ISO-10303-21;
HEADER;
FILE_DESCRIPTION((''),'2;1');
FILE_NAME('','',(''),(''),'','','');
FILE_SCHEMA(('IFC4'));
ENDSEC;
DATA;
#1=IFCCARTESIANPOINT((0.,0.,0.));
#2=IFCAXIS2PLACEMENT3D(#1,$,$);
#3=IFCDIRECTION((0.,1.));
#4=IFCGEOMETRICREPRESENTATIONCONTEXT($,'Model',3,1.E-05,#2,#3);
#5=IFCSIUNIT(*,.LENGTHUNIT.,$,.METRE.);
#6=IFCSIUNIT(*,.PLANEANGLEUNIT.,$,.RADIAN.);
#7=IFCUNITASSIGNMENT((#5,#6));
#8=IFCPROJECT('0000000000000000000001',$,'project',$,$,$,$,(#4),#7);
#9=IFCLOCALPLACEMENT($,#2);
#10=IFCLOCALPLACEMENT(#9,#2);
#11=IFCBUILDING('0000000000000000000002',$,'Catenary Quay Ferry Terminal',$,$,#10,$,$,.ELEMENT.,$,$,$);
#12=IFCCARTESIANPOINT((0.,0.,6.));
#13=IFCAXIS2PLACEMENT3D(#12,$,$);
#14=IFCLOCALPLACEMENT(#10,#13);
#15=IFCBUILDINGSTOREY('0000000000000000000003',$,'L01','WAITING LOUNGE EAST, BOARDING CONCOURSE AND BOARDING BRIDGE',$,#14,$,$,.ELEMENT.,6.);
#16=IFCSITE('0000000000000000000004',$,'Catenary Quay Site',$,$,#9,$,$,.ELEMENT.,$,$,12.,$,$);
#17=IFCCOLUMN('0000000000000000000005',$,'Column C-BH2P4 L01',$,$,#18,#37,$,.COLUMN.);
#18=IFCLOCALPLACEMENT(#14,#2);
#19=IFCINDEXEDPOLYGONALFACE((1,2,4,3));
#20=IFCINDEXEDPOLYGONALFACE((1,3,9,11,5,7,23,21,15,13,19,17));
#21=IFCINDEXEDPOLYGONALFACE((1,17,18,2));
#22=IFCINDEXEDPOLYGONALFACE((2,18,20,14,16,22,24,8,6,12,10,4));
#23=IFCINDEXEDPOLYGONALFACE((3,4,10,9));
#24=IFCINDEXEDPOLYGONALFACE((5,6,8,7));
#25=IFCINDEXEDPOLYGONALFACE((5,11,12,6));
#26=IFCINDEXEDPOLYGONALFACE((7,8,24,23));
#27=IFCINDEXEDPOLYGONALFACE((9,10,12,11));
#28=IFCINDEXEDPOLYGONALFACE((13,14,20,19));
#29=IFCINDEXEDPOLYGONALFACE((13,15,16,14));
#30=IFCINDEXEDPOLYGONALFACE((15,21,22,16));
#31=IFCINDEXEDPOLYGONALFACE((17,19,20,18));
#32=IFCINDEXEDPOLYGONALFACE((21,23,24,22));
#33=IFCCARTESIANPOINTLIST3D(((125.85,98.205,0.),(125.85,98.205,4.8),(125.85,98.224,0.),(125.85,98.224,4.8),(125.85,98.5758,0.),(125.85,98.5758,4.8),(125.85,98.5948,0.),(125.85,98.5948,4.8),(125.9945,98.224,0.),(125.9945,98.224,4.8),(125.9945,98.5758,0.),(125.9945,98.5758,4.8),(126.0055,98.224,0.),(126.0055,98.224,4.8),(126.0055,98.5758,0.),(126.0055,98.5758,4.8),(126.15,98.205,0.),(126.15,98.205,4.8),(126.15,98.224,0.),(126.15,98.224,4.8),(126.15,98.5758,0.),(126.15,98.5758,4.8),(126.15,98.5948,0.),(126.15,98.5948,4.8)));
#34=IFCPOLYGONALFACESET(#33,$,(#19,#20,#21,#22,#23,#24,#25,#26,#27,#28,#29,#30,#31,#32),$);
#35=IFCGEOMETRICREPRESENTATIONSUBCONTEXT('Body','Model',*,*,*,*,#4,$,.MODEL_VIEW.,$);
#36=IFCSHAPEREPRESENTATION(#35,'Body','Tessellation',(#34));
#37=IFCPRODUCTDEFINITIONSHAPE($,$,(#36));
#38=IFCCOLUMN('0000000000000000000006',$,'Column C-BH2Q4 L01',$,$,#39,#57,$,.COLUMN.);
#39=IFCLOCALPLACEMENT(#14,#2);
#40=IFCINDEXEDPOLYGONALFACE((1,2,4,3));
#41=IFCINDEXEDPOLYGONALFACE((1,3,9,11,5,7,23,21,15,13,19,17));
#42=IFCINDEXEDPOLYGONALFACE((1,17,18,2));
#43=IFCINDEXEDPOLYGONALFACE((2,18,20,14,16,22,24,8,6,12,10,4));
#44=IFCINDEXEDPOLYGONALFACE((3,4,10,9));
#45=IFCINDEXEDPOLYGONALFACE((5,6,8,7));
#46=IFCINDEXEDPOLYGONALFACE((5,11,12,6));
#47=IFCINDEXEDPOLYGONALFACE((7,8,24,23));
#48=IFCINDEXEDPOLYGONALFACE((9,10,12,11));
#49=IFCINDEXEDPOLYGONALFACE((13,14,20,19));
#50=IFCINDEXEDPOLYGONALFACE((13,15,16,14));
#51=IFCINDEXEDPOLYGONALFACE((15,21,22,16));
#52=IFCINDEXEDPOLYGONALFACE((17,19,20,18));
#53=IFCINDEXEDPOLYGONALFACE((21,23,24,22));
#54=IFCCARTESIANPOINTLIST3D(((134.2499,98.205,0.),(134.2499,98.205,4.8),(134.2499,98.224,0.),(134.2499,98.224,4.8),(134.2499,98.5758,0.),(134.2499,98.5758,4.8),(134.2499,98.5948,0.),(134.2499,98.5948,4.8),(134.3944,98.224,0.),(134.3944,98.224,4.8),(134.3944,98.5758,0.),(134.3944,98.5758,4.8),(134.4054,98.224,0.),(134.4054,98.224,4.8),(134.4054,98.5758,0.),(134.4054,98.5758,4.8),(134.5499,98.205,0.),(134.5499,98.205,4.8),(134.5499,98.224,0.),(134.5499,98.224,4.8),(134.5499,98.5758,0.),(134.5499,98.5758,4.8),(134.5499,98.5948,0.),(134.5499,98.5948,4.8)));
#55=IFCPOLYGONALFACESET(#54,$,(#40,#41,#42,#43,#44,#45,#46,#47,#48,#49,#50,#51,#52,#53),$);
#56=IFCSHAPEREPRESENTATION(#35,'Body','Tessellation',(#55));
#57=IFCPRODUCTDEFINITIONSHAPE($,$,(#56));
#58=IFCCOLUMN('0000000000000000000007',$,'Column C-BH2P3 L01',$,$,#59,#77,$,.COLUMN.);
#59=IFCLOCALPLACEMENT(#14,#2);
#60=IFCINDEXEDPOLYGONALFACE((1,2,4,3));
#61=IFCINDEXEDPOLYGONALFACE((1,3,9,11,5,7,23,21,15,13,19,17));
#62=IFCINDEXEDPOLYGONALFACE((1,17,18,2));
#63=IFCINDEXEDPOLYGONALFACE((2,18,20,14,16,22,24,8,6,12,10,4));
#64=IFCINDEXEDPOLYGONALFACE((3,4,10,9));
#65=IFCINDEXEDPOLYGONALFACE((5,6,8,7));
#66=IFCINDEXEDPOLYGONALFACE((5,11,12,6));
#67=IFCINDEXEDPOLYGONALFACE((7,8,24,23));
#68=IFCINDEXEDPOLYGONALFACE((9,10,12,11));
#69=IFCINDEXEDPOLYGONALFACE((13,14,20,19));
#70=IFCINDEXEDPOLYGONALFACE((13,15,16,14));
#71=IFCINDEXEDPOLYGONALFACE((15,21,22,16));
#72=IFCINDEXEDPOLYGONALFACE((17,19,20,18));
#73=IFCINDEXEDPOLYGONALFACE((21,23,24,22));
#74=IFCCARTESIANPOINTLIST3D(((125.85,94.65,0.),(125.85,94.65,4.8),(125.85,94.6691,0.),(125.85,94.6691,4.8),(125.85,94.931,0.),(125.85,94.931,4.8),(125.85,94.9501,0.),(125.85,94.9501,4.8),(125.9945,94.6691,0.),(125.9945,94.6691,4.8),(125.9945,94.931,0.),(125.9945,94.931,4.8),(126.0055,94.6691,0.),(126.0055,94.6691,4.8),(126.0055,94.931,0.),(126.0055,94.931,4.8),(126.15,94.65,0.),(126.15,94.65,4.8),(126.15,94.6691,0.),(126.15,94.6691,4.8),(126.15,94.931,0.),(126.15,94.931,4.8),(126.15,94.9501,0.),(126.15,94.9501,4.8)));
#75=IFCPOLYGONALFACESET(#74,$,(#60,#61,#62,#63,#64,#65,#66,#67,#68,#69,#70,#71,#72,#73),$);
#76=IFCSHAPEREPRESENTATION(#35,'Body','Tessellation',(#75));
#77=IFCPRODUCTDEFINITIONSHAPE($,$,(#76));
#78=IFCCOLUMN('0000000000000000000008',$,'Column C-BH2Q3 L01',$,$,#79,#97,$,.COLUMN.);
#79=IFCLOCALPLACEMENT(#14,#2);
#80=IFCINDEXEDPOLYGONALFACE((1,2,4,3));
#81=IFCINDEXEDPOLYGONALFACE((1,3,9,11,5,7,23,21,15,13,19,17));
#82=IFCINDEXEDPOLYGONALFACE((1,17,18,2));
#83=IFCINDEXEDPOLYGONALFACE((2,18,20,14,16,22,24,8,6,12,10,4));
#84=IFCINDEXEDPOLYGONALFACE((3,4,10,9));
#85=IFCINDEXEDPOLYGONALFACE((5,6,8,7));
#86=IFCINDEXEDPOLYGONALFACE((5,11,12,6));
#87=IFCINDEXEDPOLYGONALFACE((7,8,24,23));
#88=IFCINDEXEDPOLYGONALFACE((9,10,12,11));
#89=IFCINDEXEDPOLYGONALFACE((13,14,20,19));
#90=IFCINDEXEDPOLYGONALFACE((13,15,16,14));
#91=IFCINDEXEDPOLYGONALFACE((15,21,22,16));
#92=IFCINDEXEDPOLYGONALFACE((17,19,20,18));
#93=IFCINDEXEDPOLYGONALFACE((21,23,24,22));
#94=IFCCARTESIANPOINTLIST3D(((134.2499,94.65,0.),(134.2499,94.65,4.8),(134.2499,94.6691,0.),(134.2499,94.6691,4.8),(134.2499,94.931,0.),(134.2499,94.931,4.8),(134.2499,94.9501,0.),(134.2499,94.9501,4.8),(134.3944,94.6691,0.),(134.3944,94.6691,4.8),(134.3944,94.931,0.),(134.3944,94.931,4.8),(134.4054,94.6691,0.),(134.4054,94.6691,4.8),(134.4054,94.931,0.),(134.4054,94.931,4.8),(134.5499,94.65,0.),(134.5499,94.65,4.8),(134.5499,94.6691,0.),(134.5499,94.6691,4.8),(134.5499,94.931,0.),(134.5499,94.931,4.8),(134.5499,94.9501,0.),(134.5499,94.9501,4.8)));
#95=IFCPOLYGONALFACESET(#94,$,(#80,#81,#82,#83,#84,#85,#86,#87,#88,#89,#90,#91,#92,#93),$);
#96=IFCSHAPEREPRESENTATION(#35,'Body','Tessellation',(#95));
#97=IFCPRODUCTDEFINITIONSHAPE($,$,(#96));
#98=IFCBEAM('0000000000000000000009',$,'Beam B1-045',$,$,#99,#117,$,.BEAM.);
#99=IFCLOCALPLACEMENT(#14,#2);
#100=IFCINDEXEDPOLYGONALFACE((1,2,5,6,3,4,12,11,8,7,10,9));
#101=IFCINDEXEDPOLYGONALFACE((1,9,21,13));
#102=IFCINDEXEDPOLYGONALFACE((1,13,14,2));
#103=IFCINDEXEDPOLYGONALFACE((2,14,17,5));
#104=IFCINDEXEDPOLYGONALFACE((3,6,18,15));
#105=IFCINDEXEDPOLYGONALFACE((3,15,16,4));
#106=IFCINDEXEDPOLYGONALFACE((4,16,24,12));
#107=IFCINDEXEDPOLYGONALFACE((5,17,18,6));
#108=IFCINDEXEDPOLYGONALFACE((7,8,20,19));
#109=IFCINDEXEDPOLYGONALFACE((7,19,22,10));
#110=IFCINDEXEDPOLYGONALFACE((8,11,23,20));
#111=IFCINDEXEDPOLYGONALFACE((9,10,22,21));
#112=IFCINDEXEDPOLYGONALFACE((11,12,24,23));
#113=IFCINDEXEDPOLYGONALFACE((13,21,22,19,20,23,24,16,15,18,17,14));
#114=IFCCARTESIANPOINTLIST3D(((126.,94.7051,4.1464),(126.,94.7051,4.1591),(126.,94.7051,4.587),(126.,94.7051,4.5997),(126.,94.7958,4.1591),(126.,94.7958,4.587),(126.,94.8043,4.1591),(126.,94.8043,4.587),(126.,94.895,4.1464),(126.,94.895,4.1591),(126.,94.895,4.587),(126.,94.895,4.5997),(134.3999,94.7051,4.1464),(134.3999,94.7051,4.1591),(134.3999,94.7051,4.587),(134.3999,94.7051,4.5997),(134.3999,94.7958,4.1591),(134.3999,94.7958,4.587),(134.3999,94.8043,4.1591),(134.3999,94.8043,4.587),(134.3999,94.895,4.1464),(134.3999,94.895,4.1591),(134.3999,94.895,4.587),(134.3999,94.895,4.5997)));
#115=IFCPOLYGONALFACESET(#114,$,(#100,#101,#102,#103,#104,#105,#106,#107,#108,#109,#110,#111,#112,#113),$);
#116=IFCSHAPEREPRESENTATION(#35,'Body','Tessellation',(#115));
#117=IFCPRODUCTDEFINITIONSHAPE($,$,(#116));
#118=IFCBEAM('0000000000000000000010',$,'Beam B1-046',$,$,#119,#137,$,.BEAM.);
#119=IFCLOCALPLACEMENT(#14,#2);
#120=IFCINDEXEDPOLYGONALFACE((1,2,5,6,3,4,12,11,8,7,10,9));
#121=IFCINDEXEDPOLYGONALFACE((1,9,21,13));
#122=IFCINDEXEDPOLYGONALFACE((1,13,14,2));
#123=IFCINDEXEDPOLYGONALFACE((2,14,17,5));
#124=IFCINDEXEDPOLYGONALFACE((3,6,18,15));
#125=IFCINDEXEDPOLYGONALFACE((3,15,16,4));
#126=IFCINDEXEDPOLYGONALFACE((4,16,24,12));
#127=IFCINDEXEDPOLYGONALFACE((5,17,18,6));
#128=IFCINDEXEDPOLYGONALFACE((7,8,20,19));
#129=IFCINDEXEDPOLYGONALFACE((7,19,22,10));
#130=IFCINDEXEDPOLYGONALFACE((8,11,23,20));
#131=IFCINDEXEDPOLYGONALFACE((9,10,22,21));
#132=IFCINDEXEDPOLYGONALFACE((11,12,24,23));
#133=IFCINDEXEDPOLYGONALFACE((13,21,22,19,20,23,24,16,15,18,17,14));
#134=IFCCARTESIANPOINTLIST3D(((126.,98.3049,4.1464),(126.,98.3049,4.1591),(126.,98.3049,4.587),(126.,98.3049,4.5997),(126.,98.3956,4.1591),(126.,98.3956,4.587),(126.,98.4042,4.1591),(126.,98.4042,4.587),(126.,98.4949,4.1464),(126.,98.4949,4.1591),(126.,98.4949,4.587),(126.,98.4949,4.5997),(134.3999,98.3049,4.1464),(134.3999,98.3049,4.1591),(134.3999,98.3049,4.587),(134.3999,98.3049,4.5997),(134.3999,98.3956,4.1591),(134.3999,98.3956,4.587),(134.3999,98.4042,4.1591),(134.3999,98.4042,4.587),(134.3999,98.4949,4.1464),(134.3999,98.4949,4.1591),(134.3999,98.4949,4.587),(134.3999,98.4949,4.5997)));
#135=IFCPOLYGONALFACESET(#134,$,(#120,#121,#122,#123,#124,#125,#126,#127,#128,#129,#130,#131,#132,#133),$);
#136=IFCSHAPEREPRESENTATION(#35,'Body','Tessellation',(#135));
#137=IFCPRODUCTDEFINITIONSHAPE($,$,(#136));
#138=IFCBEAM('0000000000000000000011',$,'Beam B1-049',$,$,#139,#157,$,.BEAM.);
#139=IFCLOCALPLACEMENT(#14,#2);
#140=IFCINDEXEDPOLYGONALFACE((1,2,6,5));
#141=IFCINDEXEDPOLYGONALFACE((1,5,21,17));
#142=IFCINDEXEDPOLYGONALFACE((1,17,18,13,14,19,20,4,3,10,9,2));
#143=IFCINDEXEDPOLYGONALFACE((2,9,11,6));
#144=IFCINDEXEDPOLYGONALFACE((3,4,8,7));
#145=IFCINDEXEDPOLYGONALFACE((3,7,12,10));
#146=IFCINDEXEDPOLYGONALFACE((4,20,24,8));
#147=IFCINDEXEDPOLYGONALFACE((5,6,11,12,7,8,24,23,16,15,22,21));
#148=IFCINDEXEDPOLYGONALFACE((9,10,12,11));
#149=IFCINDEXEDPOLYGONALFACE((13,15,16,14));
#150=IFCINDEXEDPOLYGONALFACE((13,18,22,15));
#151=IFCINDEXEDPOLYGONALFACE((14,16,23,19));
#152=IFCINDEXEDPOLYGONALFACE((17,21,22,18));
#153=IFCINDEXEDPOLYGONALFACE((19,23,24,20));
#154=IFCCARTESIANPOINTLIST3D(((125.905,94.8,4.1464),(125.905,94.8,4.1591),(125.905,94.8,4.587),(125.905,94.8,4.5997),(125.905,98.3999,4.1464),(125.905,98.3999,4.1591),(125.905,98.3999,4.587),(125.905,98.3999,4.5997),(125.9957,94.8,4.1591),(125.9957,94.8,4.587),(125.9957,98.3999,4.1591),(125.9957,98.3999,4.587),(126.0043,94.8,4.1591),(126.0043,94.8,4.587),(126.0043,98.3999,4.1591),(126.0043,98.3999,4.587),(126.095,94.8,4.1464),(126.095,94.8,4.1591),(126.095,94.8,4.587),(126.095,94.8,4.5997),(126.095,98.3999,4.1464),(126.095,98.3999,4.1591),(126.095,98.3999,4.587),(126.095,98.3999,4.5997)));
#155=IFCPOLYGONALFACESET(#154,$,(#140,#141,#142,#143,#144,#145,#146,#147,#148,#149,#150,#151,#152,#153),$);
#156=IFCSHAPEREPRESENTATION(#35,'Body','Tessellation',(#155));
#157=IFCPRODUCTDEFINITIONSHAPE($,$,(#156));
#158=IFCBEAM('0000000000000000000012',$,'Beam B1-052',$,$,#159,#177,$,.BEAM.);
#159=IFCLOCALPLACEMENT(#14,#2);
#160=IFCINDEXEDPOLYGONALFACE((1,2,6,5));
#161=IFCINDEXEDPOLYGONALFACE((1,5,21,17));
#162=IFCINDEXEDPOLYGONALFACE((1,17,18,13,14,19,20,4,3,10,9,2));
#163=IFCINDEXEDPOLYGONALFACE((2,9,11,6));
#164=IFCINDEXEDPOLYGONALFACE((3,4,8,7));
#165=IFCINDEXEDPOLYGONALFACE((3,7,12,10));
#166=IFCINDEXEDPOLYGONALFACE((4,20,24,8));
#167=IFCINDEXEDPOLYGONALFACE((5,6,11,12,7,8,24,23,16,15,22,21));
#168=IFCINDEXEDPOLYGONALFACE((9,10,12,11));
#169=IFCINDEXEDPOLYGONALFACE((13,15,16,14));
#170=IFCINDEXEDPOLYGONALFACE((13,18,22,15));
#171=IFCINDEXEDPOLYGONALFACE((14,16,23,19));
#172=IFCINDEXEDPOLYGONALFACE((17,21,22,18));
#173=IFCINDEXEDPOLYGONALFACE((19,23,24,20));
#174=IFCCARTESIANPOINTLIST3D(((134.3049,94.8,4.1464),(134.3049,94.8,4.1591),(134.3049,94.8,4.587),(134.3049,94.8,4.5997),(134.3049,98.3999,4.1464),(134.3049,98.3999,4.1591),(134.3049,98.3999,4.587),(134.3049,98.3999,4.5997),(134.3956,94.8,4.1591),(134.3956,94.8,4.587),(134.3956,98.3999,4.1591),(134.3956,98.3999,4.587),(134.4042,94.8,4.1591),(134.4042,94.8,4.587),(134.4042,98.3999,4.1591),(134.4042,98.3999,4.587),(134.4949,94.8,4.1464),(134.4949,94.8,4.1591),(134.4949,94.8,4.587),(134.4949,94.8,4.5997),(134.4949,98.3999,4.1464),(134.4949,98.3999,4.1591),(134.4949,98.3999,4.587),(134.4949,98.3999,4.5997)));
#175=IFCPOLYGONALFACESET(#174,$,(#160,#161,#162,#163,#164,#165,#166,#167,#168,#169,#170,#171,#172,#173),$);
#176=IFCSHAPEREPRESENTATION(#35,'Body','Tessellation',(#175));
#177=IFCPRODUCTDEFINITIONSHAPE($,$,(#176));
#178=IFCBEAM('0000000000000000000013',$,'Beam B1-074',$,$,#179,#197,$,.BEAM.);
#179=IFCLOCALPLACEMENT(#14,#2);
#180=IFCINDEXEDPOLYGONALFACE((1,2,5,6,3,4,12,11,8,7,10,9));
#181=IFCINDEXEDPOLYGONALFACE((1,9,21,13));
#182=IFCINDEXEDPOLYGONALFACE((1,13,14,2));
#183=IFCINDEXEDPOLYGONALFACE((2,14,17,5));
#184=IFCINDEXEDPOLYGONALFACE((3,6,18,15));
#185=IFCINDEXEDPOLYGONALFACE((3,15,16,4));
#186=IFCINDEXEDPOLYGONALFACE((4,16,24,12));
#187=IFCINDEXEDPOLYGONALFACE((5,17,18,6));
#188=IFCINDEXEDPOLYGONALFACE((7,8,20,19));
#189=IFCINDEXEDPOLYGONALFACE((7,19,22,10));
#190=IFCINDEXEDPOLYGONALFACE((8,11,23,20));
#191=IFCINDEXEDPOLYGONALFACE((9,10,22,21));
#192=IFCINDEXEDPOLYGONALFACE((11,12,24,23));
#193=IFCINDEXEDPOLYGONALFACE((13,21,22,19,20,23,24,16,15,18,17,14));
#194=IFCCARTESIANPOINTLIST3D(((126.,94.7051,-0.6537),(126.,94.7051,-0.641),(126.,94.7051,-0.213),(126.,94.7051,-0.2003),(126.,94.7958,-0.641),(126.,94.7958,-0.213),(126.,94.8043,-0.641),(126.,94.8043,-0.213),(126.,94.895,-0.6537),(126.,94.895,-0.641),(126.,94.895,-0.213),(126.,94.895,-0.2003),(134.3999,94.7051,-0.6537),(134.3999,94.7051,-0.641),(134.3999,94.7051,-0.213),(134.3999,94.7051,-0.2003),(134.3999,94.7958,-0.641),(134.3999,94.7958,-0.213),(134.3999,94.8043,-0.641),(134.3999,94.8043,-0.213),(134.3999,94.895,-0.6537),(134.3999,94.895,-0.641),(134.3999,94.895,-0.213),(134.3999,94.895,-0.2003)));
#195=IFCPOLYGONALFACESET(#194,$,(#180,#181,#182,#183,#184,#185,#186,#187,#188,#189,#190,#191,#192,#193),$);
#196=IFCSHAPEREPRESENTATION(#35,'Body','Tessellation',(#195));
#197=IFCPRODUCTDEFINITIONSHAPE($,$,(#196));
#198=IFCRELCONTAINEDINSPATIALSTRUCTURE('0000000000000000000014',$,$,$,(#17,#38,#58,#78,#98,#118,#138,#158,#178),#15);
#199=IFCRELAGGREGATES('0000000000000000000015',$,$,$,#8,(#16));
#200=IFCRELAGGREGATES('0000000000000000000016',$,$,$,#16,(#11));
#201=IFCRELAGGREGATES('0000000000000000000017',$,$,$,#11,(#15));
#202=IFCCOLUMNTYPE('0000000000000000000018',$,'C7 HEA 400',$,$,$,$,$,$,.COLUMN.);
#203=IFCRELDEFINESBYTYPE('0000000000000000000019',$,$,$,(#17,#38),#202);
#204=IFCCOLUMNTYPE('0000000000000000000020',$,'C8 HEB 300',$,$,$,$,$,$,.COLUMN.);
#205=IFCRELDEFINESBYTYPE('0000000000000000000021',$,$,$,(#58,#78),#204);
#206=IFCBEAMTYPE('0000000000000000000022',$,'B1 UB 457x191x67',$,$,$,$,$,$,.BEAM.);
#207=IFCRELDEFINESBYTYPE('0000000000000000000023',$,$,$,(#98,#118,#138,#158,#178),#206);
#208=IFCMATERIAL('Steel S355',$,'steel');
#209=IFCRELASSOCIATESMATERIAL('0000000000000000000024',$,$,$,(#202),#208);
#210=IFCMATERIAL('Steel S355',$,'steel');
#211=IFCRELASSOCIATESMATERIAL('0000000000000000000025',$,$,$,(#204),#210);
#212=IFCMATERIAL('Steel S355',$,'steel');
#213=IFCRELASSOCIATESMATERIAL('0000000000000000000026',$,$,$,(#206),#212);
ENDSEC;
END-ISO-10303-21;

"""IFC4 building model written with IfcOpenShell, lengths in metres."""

from ifc_helpers import new_model, si_unit, direction, frame, origin, origin_2d, place, context, subcontext, project, spatial, i_section, extrude, material, material_profile, profile_set, type_object, element, save


model = new_model("IFC4")

# Units and contexts
model_context = context("Model", 3, precision=1e-05, world=origin(), true_north=direction((0.0, 1.0)))
body_context = subcontext(model_context, "Body", "Model", "MODEL_VIEW")
ifc_project = project(units=[si_unit("LENGTHUNIT", "METRE"), si_unit("PLANEANGLEUNIT", "RADIAN")], contexts=[model_context])

# Site, building, storey
site_placement = place(None, origin())
site = spatial("IfcSite", under=ifc_project, at=site_placement, Name="Catenary Quay Site", CompositionType="ELEMENT", RefElevation=12.0)
building_placement = place(site_placement, origin())
building = spatial("IfcBuilding", under=site, at=building_placement, Name="Catenary Quay Ferry Terminal", CompositionType="ELEMENT")
storey_placement = place(building_placement, frame((0.0, 0.0, 6.0)))
storey = spatial("IfcBuildingStorey", under=building, at=storey_placement, Name="L01", Description="WAITING LOUNGE EAST, BOARDING CONCOURSE AND BOARDING BRIDGE", CompositionType="ELEMENT", Elevation=6.0)

# Columns
ifc_material_1 = material(Name="Steel S355", Category="steel")
ifc_material_profile_1 = material_profile(ifc_material_1, i_section(OverallWidth=0.3, OverallDepth=0.3899, WebThickness=0.011, FlangeThickness=0.019, at=origin_2d()), Name="HEA 400")
ifc_profile_set_1 = profile_set([ifc_material_profile_1], Name="Steel S355")
column_type_1 = type_object("IfcColumnType", Name="C7 HEA 400", PredefinedType="COLUMN", material=ifc_profile_set_1)
for number, where, z_axis, x_axis, name in (
    (1, (126.0, 98.3999, 0.0), (0.0, 0.0, 1.0), (1.0, 0.0, 0.0), "Column C-BH2P4 L01"),
    (2, (134.3999, 98.3999, 0.0), (0.0, 0.0, 1.0), (1.0, 0.0, 0.0), "Column C-BH2Q4 L01"),
):
    element("IfcColumn", number, at=place(storey_placement, frame(where, z_axis=z_axis, x_axis=x_axis)), inside=storey, type_object=column_type_1, Name=name, PredefinedType="COLUMN", context=body_context, shape_type="SweptSolid", body=[
        extrude(i_section(OverallWidth=0.3, OverallDepth=0.3899, WebThickness=0.011, FlangeThickness=0.019, at=origin_2d()), origin(), (0.0, 0.0, 1.0), 4.8),
    ])
ifc_material_2 = material(Name="Steel S355", Category="steel")
ifc_material_profile_2 = material_profile(ifc_material_2, i_section(OverallWidth=0.3, OverallDepth=0.3, WebThickness=0.011, FlangeThickness=0.019, at=origin_2d()), Name="HEB 300")
ifc_profile_set_2 = profile_set([ifc_material_profile_2], Name="Steel S355")
column_type_2 = type_object("IfcColumnType", Name="C8 HEB 300", PredefinedType="COLUMN", material=ifc_profile_set_2)
for number, where, z_axis, x_axis, name in (
    (3, (126.0, 94.8, 0.0), (0.0, 0.0, 1.0), (1.0, 0.0, 0.0), "Column C-BH2P3 L01"),
    (4, (134.3999, 94.8, 0.0), (0.0, 0.0, 1.0), (1.0, 0.0, 0.0), "Column C-BH2Q3 L01"),
):
    element("IfcColumn", number, at=place(storey_placement, frame(where, z_axis=z_axis, x_axis=x_axis)), inside=storey, type_object=column_type_2, Name=name, PredefinedType="COLUMN", context=body_context, shape_type="SweptSolid", body=[
        extrude(i_section(OverallWidth=0.3, OverallDepth=0.3, WebThickness=0.011, FlangeThickness=0.019, at=origin_2d()), origin(), (0.0, 0.0, 1.0), 4.8),
    ])

# Beams
ifc_material_3 = material(Name="Steel S355", Category="steel")
ifc_material_profile_3 = material_profile(ifc_material_3, i_section(OverallWidth=0.1899, OverallDepth=0.4534, WebThickness=0.0085, FlangeThickness=0.0127, at=origin_2d()), Name="UB 457x191x67")
ifc_profile_set_3 = profile_set([ifc_material_profile_3], Name="Steel S355")
beam_type = type_object("IfcBeamType", Name="B1 UB 457x191x67", PredefinedType="BEAM", material=ifc_profile_set_3)
for number, where, z_axis, x_axis, name in (
    (5, (126.0, 94.8, 4.373), (1.0, 0.0, 0.0), (0.0, 1.0, 0.0), "Beam B1-045"),
    (6, (126.0, 98.3999, 4.373), (1.0, 0.0, 0.0), (0.0, 1.0, 0.0), "Beam B1-046"),
):
    element("IfcBeam", number, at=place(storey_placement, frame(where, z_axis=z_axis, x_axis=x_axis)), inside=storey, type_object=beam_type, Name=name, PredefinedType="BEAM", context=body_context, shape_type="SweptSolid", body=[
        extrude(i_section(OverallWidth=0.1899, OverallDepth=0.4534, WebThickness=0.0085, FlangeThickness=0.0127, at=origin_2d()), origin(), (0.0, 0.0, 1.0), 8.3999),
    ])
for number, where, z_axis, x_axis, name in (
    (7, (126.0, 94.8, 4.373), (0.0, 1.0, 0.0), (-1.0, 0.0, 0.0), "Beam B1-049"),
    (8, (134.3999, 94.8, 4.373), (0.0, 1.0, 0.0), (-1.0, 0.0, 0.0), "Beam B1-052"),
):
    element("IfcBeam", number, at=place(storey_placement, frame(where, z_axis=z_axis, x_axis=x_axis)), inside=storey, type_object=beam_type, Name=name, PredefinedType="BEAM", context=body_context, shape_type="SweptSolid", body=[
        extrude(i_section(OverallWidth=0.1899, OverallDepth=0.4534, WebThickness=0.0085, FlangeThickness=0.0127, at=origin_2d()), origin(), (0.0, 0.0, 1.0), 3.5999),
    ])
for number, where, z_axis, x_axis, name in (
    (9, (126.0, 94.8, -0.427), (1.0, 0.0, 0.0), (0.0, 1.0, 0.0), "Beam B1-074"),
):
    element("IfcBeam", number, at=place(storey_placement, frame(where, z_axis=z_axis, x_axis=x_axis)), inside=storey, type_object=beam_type, Name=name, PredefinedType="BEAM", context=body_context, shape_type="SweptSolid", body=[
        extrude(i_section(OverallWidth=0.1899, OverallDepth=0.4534, WebThickness=0.0085, FlangeThickness=0.0127, at=origin_2d()), origin(), (0.0, 0.0, 1.0), 8.3999),
    ])

save(model, "model.ifc")
